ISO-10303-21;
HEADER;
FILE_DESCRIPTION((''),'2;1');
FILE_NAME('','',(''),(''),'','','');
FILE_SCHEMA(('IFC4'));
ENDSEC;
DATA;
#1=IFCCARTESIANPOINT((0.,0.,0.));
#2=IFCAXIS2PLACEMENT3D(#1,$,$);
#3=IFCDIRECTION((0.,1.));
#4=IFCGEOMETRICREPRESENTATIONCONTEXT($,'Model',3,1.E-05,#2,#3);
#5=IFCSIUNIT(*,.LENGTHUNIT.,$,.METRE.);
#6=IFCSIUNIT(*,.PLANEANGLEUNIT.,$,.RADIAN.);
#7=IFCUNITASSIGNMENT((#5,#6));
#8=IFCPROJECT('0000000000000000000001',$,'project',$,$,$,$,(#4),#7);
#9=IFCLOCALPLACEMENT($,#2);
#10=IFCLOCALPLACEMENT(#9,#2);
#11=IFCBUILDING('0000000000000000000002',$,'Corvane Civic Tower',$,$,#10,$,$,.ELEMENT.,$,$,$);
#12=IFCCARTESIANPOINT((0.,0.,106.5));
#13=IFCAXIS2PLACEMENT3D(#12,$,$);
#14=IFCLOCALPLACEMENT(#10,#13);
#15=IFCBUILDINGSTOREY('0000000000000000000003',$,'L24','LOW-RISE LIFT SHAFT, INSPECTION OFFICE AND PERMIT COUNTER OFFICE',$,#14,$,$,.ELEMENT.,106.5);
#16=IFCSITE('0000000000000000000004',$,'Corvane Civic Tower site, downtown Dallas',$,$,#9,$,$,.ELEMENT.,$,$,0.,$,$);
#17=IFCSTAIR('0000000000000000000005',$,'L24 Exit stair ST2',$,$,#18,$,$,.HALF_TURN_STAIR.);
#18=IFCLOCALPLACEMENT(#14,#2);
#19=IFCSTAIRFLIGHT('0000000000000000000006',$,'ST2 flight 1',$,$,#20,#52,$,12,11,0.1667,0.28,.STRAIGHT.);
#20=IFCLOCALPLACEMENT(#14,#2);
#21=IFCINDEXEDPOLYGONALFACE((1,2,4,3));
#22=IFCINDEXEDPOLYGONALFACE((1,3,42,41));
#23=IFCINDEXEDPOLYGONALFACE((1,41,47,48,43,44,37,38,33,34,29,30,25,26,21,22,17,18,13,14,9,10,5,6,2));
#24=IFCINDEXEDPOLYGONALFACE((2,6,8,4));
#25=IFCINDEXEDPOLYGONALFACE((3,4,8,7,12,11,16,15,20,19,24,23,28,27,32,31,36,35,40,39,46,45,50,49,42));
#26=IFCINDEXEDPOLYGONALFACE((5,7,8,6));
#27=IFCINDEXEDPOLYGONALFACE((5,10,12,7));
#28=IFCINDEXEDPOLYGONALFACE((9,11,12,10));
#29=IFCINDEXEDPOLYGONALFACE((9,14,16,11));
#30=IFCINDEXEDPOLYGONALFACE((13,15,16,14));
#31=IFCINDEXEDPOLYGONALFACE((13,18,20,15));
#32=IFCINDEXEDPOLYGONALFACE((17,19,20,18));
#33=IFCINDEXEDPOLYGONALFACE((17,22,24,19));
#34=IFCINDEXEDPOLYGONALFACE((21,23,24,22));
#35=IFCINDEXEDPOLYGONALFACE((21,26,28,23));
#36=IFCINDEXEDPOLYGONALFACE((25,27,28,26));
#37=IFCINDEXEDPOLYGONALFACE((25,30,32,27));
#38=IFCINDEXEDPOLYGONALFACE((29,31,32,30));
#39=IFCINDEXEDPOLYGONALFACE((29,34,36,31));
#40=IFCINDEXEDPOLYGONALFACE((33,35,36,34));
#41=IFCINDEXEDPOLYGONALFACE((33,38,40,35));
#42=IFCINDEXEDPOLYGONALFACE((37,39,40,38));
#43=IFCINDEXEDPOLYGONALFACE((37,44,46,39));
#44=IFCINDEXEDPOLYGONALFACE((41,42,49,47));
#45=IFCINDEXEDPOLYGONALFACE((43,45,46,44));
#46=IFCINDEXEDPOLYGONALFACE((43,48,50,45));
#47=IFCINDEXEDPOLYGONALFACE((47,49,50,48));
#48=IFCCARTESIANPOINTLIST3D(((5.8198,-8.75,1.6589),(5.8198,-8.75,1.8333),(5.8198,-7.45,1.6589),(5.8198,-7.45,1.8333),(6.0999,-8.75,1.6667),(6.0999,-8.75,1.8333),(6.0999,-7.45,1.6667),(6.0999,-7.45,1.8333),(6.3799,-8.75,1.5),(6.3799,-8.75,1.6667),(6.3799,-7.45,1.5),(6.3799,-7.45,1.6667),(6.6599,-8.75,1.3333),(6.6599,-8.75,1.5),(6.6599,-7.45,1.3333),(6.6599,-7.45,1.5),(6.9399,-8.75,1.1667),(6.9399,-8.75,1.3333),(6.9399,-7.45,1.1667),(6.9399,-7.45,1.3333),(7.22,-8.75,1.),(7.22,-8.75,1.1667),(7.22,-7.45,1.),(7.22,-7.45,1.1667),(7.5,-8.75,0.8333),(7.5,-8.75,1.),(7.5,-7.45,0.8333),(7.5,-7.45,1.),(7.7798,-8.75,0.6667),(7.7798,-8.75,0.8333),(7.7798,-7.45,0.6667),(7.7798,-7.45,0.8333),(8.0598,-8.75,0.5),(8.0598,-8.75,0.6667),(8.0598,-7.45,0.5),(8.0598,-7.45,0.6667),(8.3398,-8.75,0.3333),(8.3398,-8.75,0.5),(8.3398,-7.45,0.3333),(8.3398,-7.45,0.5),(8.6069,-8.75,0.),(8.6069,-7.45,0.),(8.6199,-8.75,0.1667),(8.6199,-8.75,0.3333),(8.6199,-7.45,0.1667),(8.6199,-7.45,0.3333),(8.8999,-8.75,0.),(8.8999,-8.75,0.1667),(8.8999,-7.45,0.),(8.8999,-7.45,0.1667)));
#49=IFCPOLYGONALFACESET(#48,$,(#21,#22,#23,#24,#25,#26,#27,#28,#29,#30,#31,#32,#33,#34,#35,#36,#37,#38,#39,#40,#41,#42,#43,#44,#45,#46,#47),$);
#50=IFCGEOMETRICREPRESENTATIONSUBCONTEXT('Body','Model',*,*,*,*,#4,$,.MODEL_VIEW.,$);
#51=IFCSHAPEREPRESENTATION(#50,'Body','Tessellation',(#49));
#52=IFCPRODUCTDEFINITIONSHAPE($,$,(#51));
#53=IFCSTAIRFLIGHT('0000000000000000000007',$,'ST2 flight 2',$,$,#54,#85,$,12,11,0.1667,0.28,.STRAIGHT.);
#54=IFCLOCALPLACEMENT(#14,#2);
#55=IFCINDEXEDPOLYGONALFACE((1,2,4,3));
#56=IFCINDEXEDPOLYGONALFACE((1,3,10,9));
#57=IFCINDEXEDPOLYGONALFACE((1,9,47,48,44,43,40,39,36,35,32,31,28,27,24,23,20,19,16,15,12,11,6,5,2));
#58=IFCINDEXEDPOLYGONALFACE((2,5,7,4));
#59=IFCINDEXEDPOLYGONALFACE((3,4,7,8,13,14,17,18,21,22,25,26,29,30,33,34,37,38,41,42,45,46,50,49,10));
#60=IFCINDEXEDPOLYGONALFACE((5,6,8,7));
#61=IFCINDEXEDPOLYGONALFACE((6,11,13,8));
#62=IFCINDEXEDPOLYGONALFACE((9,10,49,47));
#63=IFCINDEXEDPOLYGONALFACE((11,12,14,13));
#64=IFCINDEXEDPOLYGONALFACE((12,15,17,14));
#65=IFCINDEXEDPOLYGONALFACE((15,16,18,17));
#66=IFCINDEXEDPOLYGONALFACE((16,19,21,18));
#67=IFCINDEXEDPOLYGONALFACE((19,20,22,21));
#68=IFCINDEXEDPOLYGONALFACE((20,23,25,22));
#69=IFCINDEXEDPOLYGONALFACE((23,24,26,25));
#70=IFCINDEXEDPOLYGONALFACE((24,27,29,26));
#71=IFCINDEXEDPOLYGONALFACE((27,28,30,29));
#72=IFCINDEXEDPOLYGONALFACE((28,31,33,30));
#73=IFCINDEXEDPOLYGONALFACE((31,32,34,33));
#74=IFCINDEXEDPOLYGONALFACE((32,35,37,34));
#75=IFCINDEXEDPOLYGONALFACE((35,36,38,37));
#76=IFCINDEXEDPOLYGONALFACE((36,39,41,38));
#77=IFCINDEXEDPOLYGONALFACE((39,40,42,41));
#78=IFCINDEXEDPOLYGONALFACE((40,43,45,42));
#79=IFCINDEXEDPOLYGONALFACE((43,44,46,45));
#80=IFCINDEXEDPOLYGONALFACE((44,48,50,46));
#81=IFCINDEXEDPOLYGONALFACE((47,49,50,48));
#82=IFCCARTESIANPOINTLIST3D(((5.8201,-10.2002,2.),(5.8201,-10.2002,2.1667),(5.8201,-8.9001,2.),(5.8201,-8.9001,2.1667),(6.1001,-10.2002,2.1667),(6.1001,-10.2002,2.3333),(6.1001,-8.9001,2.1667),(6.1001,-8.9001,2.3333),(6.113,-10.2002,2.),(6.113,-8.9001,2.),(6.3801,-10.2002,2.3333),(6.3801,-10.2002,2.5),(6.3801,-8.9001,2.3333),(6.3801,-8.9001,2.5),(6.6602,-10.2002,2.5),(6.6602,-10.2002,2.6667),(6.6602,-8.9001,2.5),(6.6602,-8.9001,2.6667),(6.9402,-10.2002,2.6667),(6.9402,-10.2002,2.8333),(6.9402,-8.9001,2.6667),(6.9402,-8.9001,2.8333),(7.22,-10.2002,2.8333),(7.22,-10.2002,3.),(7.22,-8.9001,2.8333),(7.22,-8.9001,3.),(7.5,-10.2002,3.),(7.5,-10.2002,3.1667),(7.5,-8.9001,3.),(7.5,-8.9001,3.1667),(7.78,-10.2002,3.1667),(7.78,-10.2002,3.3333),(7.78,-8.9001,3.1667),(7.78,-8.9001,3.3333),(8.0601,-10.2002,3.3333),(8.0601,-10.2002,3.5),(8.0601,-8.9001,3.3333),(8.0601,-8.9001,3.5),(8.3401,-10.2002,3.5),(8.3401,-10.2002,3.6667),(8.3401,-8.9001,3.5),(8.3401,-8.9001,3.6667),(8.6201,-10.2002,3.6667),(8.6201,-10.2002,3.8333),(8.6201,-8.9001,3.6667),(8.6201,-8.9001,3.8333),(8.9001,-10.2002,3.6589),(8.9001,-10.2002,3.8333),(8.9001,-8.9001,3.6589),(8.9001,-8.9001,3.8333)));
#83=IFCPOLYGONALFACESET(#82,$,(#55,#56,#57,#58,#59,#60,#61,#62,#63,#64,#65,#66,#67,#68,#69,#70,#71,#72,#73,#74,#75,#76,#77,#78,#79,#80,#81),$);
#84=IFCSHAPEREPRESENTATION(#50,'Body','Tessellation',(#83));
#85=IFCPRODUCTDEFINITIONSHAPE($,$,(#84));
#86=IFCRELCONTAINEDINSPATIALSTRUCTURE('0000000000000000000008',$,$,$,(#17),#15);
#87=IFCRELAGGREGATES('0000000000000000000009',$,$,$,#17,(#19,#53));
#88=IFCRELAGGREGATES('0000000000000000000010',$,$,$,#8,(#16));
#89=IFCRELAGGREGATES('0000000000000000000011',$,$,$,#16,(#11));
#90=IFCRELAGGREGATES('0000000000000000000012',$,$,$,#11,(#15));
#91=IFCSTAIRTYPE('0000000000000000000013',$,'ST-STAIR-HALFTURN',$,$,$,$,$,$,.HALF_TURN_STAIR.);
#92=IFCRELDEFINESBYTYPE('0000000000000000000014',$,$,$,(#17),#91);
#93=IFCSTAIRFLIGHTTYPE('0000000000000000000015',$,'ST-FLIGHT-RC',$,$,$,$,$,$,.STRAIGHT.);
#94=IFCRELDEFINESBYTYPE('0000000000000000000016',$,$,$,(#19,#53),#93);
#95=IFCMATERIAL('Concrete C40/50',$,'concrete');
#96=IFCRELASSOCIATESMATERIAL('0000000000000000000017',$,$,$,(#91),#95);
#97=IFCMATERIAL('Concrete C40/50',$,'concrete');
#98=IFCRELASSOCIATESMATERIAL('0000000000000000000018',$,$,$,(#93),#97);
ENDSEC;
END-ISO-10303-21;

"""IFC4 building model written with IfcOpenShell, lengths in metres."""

from ifc_helpers import new_model, si_unit, direction, frame, origin, place, context, subcontext, project, spatial, polyline, outline, extrude, material, type_object, element, aggregate, save


model = new_model("IFC4")

# Units and contexts
model_context = context("Model", 3, precision=1e-05, world=origin(), true_north=direction((0.0, 1.0)))
body_context = subcontext(model_context, "Body", "Model", "MODEL_VIEW")
ifc_project = project(units=[si_unit("LENGTHUNIT", "METRE"), si_unit("PLANEANGLEUNIT", "RADIAN")], contexts=[model_context])

# Site, building, storey
site_placement = place(None, origin())
site = spatial("IfcSite", under=ifc_project, at=site_placement, Name="Corvane Civic Tower site, downtown Dallas", CompositionType="ELEMENT", RefElevation=0.0)
building_placement = place(site_placement, origin())
building = spatial("IfcBuilding", under=site, at=building_placement, Name="Corvane Civic Tower", CompositionType="ELEMENT")
storey_placement = place(building_placement, frame((0.0, 0.0, 106.5)))
storey = spatial("IfcBuildingStorey", under=building, at=storey_placement, Name="L24", Description="LOW-RISE LIFT SHAFT, INSPECTION OFFICE AND PERMIT COUNTER OFFICE", CompositionType="ELEMENT", Elevation=106.5)

# Stair
ifc_material_1 = material(Name="Concrete C40/50", Category="concrete")
stair_type = type_object("IfcStairType", Name="ST-STAIR-HALFTURN", PredefinedType="HALF_TURN_STAIR", material=ifc_material_1)
stair_1_placement = place(storey_placement, origin())
stair_1 = element("IfcStair", 1, at=stair_1_placement, inside=storey, type_object=stair_type, Name="L24 Exit stair ST2", PredefinedType="HALF_TURN_STAIR")

# Stair flights
ifc_material_2 = material(Name="Concrete C40/50", Category="concrete")
stair_flight_type = type_object("IfcStairFlightType", Name="ST-FLIGHT-RC", PredefinedType="STRAIGHT", material=ifc_material_2)
stair_flight_1_placement = place(storey_placement, frame((8.8999, -8.1001, 0.0), z_axis=(0.0, 0.0, 1.0), x_axis=(-1.0, 0.0, 0.0)))
stair_flight_1 = element("IfcStairFlight", 2, at=stair_flight_1_placement, type_object=stair_flight_type, Name="ST2 flight 1", NumberOfRisers=12, NumberOfTreads=11, PredefinedType="STRAIGHT", RiserHeight=0.1667, TreadLength=0.28, context=body_context, shape_type="SweptSolid", body=[
    extrude(outline(polyline([(0.0, 0.0), (0.0, 0.1667), (0.28, 0.1667), (0.28, 0.3333), (0.5601, 0.3333), (0.5601, 0.5), (0.8401, 0.5), (0.8401, 0.6667), (1.1201, 0.6667), (1.1201, 0.8333), (1.3999, 0.8333), (1.3999, 1.0), (1.6799, 1.0), (1.6799, 1.1667), (1.96, 1.1667), (1.96, 1.3333), (2.24, 1.3333), (2.24, 1.5), (2.52, 1.5), (2.52, 1.6667), (2.8, 1.6667), (2.8, 1.8333), (3.0801, 1.8333), (3.0801, 2.0), (3.0801, 1.6589), (0.293, 0.0), (0.0, 0.0)])), frame((0.0, 0.6499, 0.0), z_axis=(0.0, -1.0, 0.0), x_axis=(1.0, 0.0, 0.0)), (0.0, 0.0, 1.0), 1.3),
])
stair_flight_2_placement = place(storey_placement, frame((5.8201, -9.55, 2.0), z_axis=(0.0, 0.0, 1.0), x_axis=(1.0, 0.0, 0.0)))
stair_flight_2 = element("IfcStairFlight", 3, at=stair_flight_2_placement, type_object=stair_flight_type, Name="ST2 flight 2", NumberOfRisers=12, NumberOfTreads=11, PredefinedType="STRAIGHT", RiserHeight=0.1667, TreadLength=0.28, context=body_context, shape_type="SweptSolid", body=[
    extrude(outline(polyline([(0.0, 0.0), (0.0, 0.1667), (0.28, 0.1667), (0.28, 0.3333), (0.5601, 0.3333), (0.5601, 0.5), (0.8401, 0.5), (0.8401, 0.6667), (1.1201, 0.6667), (1.1201, 0.8333), (1.3999, 0.8333), (1.3999, 1.0), (1.6799, 1.0), (1.6799, 1.1667), (1.96, 1.1667), (1.96, 1.3333), (2.24, 1.3333), (2.24, 1.5), (2.52, 1.5), (2.52, 1.6667), (2.8, 1.6667), (2.8, 1.8333), (3.0801, 1.8333), (3.0801, 2.0), (3.0801, 1.6589), (0.293, 0.0), (0.0, 0.0)])), frame((0.0, 0.6499, 0.0), z_axis=(0.0, -1.0, 0.0), x_axis=(1.0, 0.0, 0.0)), (0.0, 0.0, 1.0), 1.3),
])
aggregate(stair_1, [stair_flight_1, stair_flight_2])

save(model, "model.ifc")
